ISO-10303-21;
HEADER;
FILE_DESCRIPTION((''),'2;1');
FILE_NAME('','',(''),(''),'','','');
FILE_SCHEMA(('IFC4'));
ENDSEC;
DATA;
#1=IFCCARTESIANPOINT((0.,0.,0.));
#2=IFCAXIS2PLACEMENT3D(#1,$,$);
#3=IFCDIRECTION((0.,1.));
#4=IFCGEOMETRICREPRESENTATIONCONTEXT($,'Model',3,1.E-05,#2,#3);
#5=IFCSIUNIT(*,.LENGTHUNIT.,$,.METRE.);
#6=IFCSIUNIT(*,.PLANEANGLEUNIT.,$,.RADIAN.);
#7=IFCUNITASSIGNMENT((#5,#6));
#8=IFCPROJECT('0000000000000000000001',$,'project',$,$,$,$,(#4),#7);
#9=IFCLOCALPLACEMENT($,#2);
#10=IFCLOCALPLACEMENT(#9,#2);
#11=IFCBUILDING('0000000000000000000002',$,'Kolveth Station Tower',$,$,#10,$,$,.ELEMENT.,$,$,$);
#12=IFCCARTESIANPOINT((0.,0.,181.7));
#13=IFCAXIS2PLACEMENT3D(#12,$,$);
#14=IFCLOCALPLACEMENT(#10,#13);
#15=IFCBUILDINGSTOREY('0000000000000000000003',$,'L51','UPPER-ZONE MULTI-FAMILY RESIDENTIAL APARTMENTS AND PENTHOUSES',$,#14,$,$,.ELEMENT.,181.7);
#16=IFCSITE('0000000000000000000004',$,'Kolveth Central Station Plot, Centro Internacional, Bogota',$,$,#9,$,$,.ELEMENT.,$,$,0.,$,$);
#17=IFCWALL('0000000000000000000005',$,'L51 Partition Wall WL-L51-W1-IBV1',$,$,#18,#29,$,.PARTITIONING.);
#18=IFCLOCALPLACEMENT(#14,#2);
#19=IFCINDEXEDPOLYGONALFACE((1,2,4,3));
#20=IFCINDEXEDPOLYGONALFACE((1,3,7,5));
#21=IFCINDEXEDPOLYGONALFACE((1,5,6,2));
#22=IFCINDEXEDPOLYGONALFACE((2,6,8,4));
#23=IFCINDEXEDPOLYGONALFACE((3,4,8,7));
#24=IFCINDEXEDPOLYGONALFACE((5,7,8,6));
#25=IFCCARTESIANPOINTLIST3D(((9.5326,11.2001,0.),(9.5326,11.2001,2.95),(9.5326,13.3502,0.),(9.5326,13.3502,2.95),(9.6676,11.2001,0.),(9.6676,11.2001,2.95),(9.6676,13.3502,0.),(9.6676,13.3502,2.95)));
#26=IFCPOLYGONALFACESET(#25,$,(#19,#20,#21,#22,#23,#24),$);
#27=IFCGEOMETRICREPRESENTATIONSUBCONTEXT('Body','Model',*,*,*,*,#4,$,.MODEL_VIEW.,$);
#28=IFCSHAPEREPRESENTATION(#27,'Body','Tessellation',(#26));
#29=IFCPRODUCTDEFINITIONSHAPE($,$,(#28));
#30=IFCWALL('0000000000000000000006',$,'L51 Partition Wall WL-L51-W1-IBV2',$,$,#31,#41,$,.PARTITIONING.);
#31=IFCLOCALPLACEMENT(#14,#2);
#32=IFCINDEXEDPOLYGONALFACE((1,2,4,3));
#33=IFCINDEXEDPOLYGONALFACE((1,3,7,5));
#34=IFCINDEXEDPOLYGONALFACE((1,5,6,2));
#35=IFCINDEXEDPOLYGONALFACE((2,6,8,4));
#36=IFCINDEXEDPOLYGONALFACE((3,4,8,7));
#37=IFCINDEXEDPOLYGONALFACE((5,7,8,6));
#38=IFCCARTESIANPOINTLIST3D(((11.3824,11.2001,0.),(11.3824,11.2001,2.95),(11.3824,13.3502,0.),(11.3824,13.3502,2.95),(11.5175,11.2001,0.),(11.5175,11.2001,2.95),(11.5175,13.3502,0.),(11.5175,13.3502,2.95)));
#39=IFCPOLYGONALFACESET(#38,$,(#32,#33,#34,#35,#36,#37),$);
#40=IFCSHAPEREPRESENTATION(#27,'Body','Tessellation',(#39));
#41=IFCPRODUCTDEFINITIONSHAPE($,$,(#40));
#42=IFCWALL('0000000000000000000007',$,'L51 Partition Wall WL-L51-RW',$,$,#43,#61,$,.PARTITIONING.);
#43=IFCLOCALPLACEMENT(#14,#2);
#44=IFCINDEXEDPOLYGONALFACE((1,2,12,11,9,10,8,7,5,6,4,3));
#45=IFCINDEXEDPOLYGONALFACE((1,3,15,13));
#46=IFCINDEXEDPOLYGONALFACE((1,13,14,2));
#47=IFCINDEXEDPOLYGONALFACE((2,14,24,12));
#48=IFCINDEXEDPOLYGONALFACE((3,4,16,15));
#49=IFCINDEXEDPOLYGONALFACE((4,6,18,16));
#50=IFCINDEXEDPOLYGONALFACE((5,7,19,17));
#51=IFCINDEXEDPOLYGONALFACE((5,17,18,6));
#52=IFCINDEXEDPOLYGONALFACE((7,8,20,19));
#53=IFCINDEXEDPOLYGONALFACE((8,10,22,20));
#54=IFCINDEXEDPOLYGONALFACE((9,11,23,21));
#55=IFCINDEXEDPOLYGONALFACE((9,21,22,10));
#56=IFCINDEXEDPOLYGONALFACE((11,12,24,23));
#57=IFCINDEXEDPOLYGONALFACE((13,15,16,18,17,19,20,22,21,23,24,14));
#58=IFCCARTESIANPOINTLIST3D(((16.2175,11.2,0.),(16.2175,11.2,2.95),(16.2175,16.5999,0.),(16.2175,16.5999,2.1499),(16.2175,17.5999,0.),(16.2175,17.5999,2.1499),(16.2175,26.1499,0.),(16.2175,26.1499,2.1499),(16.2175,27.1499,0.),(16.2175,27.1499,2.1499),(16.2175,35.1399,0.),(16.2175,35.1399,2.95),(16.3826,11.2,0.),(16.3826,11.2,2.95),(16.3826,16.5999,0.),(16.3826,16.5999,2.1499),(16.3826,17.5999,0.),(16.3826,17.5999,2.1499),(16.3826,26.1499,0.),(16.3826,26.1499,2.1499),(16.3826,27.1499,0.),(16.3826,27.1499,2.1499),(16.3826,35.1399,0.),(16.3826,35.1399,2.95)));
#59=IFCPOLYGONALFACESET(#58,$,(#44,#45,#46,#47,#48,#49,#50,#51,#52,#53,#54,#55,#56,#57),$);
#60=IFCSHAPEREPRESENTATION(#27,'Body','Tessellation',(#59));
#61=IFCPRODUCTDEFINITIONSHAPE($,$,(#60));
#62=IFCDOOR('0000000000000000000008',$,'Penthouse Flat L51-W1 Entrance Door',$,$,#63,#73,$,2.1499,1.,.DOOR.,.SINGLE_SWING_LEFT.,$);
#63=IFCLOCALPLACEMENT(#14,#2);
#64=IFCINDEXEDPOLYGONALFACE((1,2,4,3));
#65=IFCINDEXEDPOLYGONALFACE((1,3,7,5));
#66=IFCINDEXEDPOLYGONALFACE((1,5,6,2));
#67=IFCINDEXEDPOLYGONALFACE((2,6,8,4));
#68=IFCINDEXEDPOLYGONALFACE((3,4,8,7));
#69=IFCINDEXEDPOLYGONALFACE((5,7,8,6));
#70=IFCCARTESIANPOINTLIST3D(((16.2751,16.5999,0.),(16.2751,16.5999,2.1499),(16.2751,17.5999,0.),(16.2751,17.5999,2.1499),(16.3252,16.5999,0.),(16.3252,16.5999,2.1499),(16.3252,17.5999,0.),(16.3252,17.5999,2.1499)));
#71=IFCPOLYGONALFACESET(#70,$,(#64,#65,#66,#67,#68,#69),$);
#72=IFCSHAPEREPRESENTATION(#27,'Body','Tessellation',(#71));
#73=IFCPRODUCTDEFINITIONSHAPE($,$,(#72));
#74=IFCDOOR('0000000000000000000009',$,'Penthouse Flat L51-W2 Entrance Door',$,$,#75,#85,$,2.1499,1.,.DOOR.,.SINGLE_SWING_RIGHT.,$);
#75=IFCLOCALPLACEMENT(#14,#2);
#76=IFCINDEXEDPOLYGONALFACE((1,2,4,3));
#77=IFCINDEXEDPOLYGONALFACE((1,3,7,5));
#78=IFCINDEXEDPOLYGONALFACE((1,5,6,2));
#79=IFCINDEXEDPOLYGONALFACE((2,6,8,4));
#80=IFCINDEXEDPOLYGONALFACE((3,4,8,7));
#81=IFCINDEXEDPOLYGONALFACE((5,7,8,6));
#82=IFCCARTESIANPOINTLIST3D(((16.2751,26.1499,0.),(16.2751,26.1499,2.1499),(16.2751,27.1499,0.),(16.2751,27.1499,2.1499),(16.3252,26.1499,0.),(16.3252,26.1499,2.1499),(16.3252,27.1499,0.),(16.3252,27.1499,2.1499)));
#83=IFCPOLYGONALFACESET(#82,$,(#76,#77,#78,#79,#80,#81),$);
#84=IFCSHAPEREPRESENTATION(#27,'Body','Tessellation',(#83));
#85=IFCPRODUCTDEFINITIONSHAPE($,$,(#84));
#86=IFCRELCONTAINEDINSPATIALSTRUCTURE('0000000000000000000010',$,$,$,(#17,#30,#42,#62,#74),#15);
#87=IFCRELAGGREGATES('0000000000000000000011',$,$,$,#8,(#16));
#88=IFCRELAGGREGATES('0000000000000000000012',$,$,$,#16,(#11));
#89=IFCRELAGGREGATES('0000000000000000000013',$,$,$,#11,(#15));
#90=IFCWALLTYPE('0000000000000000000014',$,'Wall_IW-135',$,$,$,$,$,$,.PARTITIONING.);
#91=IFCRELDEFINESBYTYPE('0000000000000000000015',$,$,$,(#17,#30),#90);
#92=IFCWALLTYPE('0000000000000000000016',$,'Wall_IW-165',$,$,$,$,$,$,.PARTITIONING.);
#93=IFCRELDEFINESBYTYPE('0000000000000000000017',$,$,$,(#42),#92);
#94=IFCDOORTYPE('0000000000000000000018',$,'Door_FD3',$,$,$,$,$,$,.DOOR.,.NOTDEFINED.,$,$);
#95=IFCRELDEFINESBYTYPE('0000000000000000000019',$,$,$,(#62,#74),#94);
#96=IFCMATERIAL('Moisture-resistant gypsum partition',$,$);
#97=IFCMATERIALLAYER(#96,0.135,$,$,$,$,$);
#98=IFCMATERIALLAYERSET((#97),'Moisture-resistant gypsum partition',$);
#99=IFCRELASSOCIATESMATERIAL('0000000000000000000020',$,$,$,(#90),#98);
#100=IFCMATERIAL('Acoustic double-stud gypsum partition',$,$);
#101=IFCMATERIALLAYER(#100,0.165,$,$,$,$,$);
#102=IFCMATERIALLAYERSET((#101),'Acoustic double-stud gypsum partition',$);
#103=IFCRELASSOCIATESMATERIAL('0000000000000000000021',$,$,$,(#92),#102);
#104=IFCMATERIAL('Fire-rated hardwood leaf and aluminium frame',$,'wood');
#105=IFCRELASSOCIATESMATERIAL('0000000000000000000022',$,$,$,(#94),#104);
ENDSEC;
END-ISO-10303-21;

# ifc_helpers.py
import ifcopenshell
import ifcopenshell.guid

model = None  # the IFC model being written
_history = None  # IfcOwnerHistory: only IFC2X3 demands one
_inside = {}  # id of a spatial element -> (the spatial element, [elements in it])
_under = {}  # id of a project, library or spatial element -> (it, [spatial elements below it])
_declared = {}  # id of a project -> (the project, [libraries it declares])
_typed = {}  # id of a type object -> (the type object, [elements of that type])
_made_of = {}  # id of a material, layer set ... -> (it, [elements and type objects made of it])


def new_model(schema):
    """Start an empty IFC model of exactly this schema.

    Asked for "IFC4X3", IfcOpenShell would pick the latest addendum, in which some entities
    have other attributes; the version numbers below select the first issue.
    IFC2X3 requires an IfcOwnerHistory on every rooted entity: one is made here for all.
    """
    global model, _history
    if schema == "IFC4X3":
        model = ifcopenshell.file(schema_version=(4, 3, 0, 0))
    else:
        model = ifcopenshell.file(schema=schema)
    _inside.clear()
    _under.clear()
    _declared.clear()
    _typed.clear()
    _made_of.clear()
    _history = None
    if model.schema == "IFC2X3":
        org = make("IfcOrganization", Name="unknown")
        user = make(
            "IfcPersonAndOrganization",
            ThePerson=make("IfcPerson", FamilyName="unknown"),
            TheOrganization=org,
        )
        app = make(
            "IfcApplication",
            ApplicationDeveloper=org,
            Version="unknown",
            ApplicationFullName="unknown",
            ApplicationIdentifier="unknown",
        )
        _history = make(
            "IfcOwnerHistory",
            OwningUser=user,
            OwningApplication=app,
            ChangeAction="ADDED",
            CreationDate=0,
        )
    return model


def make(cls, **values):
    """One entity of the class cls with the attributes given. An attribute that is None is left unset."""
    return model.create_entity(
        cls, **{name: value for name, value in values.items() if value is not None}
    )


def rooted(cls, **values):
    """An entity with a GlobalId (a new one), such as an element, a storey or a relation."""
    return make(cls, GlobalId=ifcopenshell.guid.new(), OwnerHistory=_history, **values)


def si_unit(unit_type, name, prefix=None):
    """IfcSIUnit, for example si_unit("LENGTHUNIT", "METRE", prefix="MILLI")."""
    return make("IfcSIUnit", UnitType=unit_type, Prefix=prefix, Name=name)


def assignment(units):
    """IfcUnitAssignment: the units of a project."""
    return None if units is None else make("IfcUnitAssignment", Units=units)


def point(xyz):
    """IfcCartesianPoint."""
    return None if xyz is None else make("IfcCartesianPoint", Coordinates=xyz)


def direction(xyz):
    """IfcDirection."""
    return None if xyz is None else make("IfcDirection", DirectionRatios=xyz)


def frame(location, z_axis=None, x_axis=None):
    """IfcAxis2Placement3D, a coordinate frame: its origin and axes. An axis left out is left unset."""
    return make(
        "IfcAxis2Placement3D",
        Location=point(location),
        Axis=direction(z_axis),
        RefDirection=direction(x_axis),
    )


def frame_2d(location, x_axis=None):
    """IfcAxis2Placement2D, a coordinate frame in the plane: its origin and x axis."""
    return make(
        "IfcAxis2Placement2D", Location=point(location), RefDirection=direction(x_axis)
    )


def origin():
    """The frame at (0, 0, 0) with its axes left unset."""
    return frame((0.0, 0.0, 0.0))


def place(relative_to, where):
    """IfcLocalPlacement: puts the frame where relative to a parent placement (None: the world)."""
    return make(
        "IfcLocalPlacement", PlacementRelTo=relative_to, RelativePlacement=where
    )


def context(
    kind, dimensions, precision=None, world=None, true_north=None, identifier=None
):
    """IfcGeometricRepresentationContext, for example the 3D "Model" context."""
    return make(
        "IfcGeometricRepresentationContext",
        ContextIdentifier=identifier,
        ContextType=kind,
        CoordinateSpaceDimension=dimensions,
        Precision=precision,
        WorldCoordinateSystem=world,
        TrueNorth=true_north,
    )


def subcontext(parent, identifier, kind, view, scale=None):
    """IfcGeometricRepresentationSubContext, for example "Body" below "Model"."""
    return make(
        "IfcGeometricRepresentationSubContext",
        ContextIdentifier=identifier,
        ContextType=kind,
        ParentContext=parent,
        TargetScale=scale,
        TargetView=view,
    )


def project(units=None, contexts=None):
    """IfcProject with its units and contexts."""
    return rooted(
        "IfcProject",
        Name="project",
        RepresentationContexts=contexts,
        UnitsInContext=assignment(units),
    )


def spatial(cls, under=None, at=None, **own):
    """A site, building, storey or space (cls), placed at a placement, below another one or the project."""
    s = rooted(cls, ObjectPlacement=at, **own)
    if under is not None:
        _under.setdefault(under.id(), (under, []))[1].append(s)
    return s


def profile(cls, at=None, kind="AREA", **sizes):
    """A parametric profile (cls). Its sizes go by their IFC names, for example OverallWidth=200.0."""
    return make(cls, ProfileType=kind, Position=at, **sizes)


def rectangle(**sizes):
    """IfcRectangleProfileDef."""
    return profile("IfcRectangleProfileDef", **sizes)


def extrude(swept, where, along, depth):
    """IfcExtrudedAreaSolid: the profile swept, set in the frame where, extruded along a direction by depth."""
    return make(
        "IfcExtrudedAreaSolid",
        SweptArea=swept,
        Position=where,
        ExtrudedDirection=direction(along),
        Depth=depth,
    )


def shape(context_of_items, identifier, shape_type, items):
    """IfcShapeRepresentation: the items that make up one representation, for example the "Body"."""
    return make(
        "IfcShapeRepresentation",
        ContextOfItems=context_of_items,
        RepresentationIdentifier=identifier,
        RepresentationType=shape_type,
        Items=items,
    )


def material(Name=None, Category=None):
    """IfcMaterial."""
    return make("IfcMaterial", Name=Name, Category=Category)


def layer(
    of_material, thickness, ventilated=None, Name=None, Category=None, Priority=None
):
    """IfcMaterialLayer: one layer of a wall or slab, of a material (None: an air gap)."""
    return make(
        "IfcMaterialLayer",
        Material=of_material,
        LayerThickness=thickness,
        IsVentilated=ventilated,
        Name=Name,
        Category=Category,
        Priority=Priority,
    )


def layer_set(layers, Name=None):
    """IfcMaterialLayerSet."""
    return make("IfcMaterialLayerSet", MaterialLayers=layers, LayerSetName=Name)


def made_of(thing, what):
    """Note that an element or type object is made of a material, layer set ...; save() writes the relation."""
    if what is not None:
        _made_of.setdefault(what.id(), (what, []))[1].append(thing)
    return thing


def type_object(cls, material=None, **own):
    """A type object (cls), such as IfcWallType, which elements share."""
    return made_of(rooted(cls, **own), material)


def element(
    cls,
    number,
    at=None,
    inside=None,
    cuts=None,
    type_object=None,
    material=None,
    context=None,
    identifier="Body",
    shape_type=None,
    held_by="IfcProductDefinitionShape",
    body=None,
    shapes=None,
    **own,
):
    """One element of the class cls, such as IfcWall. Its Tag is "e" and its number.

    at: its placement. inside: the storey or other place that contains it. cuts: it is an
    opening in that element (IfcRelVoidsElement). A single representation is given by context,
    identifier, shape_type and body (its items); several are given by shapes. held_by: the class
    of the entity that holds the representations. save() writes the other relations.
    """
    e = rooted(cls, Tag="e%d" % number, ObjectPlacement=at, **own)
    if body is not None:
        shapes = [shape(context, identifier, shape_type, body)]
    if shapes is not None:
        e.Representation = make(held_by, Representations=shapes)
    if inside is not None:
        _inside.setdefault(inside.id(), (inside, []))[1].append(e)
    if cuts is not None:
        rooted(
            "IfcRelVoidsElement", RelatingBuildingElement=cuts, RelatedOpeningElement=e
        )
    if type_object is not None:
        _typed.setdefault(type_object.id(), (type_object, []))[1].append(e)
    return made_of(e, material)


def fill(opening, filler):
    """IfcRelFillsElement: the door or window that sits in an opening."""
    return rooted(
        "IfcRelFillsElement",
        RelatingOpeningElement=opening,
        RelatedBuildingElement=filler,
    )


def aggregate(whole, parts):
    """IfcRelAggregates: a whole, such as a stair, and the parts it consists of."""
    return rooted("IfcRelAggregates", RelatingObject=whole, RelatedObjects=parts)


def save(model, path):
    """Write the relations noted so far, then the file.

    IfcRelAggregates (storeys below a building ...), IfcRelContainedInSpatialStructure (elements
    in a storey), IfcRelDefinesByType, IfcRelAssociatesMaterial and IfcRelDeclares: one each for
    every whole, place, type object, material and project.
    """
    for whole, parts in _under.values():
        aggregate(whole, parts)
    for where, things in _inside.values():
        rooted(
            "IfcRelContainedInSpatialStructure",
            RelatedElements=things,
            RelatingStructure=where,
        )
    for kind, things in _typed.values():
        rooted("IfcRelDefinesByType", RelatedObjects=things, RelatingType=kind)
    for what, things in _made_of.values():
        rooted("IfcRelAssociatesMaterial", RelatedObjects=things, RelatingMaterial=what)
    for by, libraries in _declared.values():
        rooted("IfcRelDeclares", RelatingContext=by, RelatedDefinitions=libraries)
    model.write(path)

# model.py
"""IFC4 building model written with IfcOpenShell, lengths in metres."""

from ifc_helpers import new_model, si_unit, direction, frame, frame_2d, origin, place, context, subcontext, project, spatial, rectangle, extrude, material, layer, layer_set, type_object, element, fill, save


model = new_model("IFC4")

# Units and contexts
model_context = context("Model", 3, precision=1e-05, world=origin(), true_north=direction((0.0, 1.0)))
body_context = subcontext(model_context, "Body", "Model", "MODEL_VIEW")
ifc_project = project(units=[si_unit("LENGTHUNIT", "METRE"), si_unit("PLANEANGLEUNIT", "RADIAN")], contexts=[model_context])

# Site, building, storey
site_placement = place(None, origin())
site = spatial("IfcSite", under=ifc_project, at=site_placement, Name="Kolveth Central Station Plot, Centro Internacional, Bogota", CompositionType="ELEMENT", RefElevation=0.0)
building_placement = place(site_placement, origin())
building = spatial("IfcBuilding", under=site, at=building_placement, Name="Kolveth Station Tower", CompositionType="ELEMENT")
storey_placement = place(building_placement, frame((0.0, 0.0, 181.7)))
storey = spatial("IfcBuildingStorey", under=building, at=storey_placement, Name="L51", Description="UPPER-ZONE MULTI-FAMILY RESIDENTIAL APARTMENTS AND PENTHOUSES", CompositionType="ELEMENT", Elevation=181.7)

# Shared definitions
ifc_material_1 = material(Name="Moisture-resistant gypsum partition")
ifc_layer_1 = layer(ifc_material_1, 0.135)
ifc_layer_set_1 = layer_set([ifc_layer_1], Name="Moisture-resistant gypsum partition")
wall_type_1 = type_object("IfcWallType", Name="Wall_IW-135", PredefinedType="PARTITIONING", material=ifc_layer_set_1)

# Walls
for number, where, z_axis, x_axis, name in (
    (1, (9.6001, 11.2, 0.0), (0.0, 0.0, 1.0), (0.0, 1.0, 0.0), "L51 Partition Wall WL-L51-W1-IBV1"),
    (2, (11.45, 11.2, 0.0), (0.0, 0.0, 1.0), (0.0, 1.0, 0.0), "L51 Partition Wall WL-L51-W1-IBV2"),
):
    element("IfcWall", number, at=place(storey_placement, frame(where, z_axis=z_axis, x_axis=x_axis)), inside=storey, type_object=wall_type_1, Name=name, PredefinedType="PARTITIONING", context=body_context, shape_type="SweptSolid", body=[
        extrude(rectangle(XDim=2.1501, YDim=0.135, at=frame_2d((1.0752, 0.0))), origin(), (0.0, 0.0, 1.0), 2.95),
    ])

# Wall, openings, doors
ifc_material_2 = material(Name="Acoustic double-stud gypsum partition")
ifc_layer_2 = layer(ifc_material_2, 0.165)
ifc_layer_set_2 = layer_set([ifc_layer_2], Name="Acoustic double-stud gypsum partition")
wall_type_2 = type_object("IfcWallType", Name="Wall_IW-165", PredefinedType="PARTITIONING", material=ifc_layer_set_2)
wall_1_placement = place(storey_placement, frame((16.3, 11.2, 0.0), z_axis=(0.0, 0.0, 1.0), x_axis=(0.0, 1.0, 0.0)))
wall_1 = element("IfcWall", 3, at=wall_1_placement, inside=storey, type_object=wall_type_2, Name="L51 Partition Wall WL-L51-RW", PredefinedType="PARTITIONING", context=body_context, shape_type="SweptSolid", body=[
    extrude(rectangle(XDim=23.9399, YDim=0.165, at=frame_2d((11.97, 0.0))), origin(), (0.0, 0.0, 1.0), 2.95),
])
opening_1_placement = place(wall_1_placement, frame((5.3999, 0.0, 0.0)))
opening_1 = element("IfcOpeningElement", 4, at=opening_1_placement, cuts=wall_1, PredefinedType="OPENING", context=body_context, shape_type="SweptSolid", body=[
    extrude(rectangle(XDim=1.0, YDim=2.1499, at=frame_2d((0.5, 1.075))), frame((0.0, 0.0925, 0.0), z_axis=(0.0, -1.0, 0.0), x_axis=(1.0, 0.0, 0.0)), (0.0, 0.0, 1.0), 0.1851),
])
opening_2_placement = place(wall_1_placement, frame((14.95, 0.0, 0.0)))
opening_2 = element("IfcOpeningElement", 5, at=opening_2_placement, cuts=wall_1, PredefinedType="OPENING", context=body_context, shape_type="SweptSolid", body=[
    extrude(rectangle(XDim=1.0, YDim=2.1499, at=frame_2d((0.5, 1.075))), frame((0.0, 0.0925, 0.0), z_axis=(0.0, -1.0, 0.0), x_axis=(1.0, 0.0, 0.0)), (0.0, 0.0, 1.0), 0.1851),
])
ifc_material_3 = material(Name="Fire-rated hardwood leaf and aluminium frame", Category="wood")
door_type_1 = type_object("IfcDoorType", Name="Door_FD3", OperationType="NOTDEFINED", PredefinedType="DOOR", material=ifc_material_3)
door_1_placement = place(opening_1_placement, origin())
door_1 = element("IfcDoor", 6, at=door_1_placement, inside=storey, type_object=door_type_1, Name="Penthouse Flat L51-W1 Entrance Door", OperationType="SINGLE_SWING_LEFT", OverallHeight=2.1499, OverallWidth=1.0, PredefinedType="DOOR", context=body_context, shape_type="SweptSolid", body=[
    extrude(rectangle(XDim=1.0, YDim=2.1499, at=frame_2d((0.5, 1.075))), frame((0.0, 0.0249, 0.0), z_axis=(0.0, -1.0, 0.0), x_axis=(1.0, 0.0, 0.0)), (0.0, 0.0, 1.0), 0.05),
])
fill(opening_1, door_1)
door_2_placement = place(opening_2_placement, origin())
door_2 = element("IfcDoor", 7, at=door_2_placement, inside=storey, type_object=door_type_1, Name="Penthouse Flat L51-W2 Entrance Door", OperationType="SINGLE_SWING_RIGHT", OverallHeight=2.1499, OverallWidth=1.0, PredefinedType="DOOR", context=body_context, shape_type="SweptSolid", body=[
    extrude(rectangle(XDim=1.0, YDim=2.1499, at=frame_2d((0.5, 1.075))), frame((0.0, 0.0249, 0.0), z_axis=(0.0, -1.0, 0.0), x_axis=(1.0, 0.0, 0.0)), (0.0, 0.0, 1.0), 0.05),
])
fill(opening_2, door_2)

save(model, "model.ifc")
